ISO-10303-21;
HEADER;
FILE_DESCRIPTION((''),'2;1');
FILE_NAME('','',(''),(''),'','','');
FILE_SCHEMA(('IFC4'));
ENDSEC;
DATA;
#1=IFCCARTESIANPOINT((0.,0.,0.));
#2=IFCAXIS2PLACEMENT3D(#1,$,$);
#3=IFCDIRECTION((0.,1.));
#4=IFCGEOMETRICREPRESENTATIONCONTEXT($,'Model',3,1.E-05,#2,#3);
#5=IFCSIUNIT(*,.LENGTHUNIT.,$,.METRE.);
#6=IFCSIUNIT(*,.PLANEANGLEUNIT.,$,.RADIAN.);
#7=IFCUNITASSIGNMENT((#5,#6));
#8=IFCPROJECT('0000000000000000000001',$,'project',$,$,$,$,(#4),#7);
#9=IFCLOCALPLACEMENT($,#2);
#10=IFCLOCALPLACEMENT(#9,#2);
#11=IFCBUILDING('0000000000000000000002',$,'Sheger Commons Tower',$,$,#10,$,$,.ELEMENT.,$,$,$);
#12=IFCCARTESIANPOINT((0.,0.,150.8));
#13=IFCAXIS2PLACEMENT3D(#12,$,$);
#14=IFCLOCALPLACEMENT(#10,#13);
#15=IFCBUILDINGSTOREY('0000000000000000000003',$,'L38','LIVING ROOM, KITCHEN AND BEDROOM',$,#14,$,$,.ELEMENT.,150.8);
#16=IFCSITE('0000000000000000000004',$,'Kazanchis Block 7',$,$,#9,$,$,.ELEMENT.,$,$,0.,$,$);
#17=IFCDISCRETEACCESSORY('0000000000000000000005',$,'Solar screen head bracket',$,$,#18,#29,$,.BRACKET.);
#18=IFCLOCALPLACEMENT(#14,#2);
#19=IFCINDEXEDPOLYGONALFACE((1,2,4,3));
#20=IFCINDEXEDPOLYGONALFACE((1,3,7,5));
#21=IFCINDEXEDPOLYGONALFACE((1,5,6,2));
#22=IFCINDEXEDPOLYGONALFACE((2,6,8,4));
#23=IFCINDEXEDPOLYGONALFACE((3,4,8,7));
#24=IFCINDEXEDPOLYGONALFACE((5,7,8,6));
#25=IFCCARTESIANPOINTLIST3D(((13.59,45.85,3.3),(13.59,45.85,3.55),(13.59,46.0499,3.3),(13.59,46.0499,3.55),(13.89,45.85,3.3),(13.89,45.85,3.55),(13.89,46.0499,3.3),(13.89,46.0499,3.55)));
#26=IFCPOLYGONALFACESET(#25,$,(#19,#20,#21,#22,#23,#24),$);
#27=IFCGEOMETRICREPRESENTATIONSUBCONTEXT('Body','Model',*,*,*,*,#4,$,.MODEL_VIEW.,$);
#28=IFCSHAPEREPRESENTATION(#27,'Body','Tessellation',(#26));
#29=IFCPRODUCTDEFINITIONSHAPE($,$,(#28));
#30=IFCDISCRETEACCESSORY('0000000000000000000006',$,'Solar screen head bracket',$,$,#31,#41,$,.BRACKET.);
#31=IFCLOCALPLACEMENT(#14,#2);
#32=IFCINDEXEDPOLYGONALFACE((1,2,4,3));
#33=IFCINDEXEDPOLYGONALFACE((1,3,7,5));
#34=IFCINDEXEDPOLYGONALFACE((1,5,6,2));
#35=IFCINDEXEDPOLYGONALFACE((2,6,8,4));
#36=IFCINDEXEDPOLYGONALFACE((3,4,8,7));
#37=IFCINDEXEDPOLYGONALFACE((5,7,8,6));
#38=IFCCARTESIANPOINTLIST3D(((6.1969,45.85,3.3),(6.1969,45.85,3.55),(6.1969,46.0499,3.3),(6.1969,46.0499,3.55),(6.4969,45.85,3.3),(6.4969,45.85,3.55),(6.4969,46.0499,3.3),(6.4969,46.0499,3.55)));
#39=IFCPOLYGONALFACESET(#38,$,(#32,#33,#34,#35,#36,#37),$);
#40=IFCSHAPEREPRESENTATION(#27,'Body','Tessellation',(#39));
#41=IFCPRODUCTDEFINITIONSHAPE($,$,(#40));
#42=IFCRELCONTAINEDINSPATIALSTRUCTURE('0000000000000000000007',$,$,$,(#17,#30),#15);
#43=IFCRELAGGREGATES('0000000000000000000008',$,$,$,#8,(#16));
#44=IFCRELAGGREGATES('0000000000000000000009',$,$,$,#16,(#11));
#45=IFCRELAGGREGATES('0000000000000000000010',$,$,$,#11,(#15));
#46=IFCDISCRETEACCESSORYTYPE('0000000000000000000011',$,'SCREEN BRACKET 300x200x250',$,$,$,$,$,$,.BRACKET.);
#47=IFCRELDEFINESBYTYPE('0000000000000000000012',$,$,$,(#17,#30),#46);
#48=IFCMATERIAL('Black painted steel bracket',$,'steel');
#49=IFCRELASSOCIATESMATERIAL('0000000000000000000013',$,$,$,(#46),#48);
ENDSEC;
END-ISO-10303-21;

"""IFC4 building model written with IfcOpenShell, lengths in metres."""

from ifc_helpers import new_model, si_unit, direction, frame, origin, origin_2d, place, context, subcontext, project, spatial, rectangle, extrude, material, type_object, element, save


model = new_model("IFC4")

# Units and contexts
model_context = context("Model", 3, precision=1e-05, world=origin(), true_north=direction((0.0, 1.0)))
body_context = subcontext(model_context, "Body", "Model", "MODEL_VIEW")
ifc_project = project(units=[si_unit("LENGTHUNIT", "METRE"), si_unit("PLANEANGLEUNIT", "RADIAN")], contexts=[model_context])

# Site, building, storey
site_placement = place(None, origin())
site = spatial("IfcSite", under=ifc_project, at=site_placement, Name="Kazanchis Block 7", CompositionType="ELEMENT", RefElevation=0.0)
building_placement = place(site_placement, origin())
building = spatial("IfcBuilding", under=site, at=building_placement, Name="Sheger Commons Tower", CompositionType="ELEMENT")
storey_placement = place(building_placement, frame((0.0, 0.0, 150.8)))
storey = spatial("IfcBuildingStorey", under=building, at=storey_placement, Name="L38", Description="LIVING ROOM, KITCHEN AND BEDROOM", CompositionType="ELEMENT", Elevation=150.8)

# Discrete accessories
ifc_material_1 = material(Name="Black painted steel bracket", Category="steel")
discrete_accessory_type = type_object("IfcDiscreteAccessoryType", Name="SCREEN BRACKET 300x200x250", PredefinedType="BRACKET", material=ifc_material_1)
for number, where, z_axis, x_axis, name in (
    (1, (13.74, 45.95, 3.3), (0.0, 0.0, 1.0), (-1.0, 0.0, 0.0), "Solar screen head bracket"),
    (2, (6.3469, 45.95, 3.3), (0.0, 0.0, 1.0), (-1.0, 0.0, 0.0), "Solar screen head bracket"),
):
    element("IfcDiscreteAccessory", number, at=place(storey_placement, frame(where, z_axis=z_axis, x_axis=x_axis)), inside=storey, type_object=discrete_accessory_type, Name=name, PredefinedType="BRACKET", context=body_context, shape_type="SweptSolid", body=[
        extrude(rectangle(XDim=0.3, YDim=0.2, at=origin_2d()), origin(), (0.0, 0.0, 1.0), 0.25),
    ])

save(model, "model.ifc")
